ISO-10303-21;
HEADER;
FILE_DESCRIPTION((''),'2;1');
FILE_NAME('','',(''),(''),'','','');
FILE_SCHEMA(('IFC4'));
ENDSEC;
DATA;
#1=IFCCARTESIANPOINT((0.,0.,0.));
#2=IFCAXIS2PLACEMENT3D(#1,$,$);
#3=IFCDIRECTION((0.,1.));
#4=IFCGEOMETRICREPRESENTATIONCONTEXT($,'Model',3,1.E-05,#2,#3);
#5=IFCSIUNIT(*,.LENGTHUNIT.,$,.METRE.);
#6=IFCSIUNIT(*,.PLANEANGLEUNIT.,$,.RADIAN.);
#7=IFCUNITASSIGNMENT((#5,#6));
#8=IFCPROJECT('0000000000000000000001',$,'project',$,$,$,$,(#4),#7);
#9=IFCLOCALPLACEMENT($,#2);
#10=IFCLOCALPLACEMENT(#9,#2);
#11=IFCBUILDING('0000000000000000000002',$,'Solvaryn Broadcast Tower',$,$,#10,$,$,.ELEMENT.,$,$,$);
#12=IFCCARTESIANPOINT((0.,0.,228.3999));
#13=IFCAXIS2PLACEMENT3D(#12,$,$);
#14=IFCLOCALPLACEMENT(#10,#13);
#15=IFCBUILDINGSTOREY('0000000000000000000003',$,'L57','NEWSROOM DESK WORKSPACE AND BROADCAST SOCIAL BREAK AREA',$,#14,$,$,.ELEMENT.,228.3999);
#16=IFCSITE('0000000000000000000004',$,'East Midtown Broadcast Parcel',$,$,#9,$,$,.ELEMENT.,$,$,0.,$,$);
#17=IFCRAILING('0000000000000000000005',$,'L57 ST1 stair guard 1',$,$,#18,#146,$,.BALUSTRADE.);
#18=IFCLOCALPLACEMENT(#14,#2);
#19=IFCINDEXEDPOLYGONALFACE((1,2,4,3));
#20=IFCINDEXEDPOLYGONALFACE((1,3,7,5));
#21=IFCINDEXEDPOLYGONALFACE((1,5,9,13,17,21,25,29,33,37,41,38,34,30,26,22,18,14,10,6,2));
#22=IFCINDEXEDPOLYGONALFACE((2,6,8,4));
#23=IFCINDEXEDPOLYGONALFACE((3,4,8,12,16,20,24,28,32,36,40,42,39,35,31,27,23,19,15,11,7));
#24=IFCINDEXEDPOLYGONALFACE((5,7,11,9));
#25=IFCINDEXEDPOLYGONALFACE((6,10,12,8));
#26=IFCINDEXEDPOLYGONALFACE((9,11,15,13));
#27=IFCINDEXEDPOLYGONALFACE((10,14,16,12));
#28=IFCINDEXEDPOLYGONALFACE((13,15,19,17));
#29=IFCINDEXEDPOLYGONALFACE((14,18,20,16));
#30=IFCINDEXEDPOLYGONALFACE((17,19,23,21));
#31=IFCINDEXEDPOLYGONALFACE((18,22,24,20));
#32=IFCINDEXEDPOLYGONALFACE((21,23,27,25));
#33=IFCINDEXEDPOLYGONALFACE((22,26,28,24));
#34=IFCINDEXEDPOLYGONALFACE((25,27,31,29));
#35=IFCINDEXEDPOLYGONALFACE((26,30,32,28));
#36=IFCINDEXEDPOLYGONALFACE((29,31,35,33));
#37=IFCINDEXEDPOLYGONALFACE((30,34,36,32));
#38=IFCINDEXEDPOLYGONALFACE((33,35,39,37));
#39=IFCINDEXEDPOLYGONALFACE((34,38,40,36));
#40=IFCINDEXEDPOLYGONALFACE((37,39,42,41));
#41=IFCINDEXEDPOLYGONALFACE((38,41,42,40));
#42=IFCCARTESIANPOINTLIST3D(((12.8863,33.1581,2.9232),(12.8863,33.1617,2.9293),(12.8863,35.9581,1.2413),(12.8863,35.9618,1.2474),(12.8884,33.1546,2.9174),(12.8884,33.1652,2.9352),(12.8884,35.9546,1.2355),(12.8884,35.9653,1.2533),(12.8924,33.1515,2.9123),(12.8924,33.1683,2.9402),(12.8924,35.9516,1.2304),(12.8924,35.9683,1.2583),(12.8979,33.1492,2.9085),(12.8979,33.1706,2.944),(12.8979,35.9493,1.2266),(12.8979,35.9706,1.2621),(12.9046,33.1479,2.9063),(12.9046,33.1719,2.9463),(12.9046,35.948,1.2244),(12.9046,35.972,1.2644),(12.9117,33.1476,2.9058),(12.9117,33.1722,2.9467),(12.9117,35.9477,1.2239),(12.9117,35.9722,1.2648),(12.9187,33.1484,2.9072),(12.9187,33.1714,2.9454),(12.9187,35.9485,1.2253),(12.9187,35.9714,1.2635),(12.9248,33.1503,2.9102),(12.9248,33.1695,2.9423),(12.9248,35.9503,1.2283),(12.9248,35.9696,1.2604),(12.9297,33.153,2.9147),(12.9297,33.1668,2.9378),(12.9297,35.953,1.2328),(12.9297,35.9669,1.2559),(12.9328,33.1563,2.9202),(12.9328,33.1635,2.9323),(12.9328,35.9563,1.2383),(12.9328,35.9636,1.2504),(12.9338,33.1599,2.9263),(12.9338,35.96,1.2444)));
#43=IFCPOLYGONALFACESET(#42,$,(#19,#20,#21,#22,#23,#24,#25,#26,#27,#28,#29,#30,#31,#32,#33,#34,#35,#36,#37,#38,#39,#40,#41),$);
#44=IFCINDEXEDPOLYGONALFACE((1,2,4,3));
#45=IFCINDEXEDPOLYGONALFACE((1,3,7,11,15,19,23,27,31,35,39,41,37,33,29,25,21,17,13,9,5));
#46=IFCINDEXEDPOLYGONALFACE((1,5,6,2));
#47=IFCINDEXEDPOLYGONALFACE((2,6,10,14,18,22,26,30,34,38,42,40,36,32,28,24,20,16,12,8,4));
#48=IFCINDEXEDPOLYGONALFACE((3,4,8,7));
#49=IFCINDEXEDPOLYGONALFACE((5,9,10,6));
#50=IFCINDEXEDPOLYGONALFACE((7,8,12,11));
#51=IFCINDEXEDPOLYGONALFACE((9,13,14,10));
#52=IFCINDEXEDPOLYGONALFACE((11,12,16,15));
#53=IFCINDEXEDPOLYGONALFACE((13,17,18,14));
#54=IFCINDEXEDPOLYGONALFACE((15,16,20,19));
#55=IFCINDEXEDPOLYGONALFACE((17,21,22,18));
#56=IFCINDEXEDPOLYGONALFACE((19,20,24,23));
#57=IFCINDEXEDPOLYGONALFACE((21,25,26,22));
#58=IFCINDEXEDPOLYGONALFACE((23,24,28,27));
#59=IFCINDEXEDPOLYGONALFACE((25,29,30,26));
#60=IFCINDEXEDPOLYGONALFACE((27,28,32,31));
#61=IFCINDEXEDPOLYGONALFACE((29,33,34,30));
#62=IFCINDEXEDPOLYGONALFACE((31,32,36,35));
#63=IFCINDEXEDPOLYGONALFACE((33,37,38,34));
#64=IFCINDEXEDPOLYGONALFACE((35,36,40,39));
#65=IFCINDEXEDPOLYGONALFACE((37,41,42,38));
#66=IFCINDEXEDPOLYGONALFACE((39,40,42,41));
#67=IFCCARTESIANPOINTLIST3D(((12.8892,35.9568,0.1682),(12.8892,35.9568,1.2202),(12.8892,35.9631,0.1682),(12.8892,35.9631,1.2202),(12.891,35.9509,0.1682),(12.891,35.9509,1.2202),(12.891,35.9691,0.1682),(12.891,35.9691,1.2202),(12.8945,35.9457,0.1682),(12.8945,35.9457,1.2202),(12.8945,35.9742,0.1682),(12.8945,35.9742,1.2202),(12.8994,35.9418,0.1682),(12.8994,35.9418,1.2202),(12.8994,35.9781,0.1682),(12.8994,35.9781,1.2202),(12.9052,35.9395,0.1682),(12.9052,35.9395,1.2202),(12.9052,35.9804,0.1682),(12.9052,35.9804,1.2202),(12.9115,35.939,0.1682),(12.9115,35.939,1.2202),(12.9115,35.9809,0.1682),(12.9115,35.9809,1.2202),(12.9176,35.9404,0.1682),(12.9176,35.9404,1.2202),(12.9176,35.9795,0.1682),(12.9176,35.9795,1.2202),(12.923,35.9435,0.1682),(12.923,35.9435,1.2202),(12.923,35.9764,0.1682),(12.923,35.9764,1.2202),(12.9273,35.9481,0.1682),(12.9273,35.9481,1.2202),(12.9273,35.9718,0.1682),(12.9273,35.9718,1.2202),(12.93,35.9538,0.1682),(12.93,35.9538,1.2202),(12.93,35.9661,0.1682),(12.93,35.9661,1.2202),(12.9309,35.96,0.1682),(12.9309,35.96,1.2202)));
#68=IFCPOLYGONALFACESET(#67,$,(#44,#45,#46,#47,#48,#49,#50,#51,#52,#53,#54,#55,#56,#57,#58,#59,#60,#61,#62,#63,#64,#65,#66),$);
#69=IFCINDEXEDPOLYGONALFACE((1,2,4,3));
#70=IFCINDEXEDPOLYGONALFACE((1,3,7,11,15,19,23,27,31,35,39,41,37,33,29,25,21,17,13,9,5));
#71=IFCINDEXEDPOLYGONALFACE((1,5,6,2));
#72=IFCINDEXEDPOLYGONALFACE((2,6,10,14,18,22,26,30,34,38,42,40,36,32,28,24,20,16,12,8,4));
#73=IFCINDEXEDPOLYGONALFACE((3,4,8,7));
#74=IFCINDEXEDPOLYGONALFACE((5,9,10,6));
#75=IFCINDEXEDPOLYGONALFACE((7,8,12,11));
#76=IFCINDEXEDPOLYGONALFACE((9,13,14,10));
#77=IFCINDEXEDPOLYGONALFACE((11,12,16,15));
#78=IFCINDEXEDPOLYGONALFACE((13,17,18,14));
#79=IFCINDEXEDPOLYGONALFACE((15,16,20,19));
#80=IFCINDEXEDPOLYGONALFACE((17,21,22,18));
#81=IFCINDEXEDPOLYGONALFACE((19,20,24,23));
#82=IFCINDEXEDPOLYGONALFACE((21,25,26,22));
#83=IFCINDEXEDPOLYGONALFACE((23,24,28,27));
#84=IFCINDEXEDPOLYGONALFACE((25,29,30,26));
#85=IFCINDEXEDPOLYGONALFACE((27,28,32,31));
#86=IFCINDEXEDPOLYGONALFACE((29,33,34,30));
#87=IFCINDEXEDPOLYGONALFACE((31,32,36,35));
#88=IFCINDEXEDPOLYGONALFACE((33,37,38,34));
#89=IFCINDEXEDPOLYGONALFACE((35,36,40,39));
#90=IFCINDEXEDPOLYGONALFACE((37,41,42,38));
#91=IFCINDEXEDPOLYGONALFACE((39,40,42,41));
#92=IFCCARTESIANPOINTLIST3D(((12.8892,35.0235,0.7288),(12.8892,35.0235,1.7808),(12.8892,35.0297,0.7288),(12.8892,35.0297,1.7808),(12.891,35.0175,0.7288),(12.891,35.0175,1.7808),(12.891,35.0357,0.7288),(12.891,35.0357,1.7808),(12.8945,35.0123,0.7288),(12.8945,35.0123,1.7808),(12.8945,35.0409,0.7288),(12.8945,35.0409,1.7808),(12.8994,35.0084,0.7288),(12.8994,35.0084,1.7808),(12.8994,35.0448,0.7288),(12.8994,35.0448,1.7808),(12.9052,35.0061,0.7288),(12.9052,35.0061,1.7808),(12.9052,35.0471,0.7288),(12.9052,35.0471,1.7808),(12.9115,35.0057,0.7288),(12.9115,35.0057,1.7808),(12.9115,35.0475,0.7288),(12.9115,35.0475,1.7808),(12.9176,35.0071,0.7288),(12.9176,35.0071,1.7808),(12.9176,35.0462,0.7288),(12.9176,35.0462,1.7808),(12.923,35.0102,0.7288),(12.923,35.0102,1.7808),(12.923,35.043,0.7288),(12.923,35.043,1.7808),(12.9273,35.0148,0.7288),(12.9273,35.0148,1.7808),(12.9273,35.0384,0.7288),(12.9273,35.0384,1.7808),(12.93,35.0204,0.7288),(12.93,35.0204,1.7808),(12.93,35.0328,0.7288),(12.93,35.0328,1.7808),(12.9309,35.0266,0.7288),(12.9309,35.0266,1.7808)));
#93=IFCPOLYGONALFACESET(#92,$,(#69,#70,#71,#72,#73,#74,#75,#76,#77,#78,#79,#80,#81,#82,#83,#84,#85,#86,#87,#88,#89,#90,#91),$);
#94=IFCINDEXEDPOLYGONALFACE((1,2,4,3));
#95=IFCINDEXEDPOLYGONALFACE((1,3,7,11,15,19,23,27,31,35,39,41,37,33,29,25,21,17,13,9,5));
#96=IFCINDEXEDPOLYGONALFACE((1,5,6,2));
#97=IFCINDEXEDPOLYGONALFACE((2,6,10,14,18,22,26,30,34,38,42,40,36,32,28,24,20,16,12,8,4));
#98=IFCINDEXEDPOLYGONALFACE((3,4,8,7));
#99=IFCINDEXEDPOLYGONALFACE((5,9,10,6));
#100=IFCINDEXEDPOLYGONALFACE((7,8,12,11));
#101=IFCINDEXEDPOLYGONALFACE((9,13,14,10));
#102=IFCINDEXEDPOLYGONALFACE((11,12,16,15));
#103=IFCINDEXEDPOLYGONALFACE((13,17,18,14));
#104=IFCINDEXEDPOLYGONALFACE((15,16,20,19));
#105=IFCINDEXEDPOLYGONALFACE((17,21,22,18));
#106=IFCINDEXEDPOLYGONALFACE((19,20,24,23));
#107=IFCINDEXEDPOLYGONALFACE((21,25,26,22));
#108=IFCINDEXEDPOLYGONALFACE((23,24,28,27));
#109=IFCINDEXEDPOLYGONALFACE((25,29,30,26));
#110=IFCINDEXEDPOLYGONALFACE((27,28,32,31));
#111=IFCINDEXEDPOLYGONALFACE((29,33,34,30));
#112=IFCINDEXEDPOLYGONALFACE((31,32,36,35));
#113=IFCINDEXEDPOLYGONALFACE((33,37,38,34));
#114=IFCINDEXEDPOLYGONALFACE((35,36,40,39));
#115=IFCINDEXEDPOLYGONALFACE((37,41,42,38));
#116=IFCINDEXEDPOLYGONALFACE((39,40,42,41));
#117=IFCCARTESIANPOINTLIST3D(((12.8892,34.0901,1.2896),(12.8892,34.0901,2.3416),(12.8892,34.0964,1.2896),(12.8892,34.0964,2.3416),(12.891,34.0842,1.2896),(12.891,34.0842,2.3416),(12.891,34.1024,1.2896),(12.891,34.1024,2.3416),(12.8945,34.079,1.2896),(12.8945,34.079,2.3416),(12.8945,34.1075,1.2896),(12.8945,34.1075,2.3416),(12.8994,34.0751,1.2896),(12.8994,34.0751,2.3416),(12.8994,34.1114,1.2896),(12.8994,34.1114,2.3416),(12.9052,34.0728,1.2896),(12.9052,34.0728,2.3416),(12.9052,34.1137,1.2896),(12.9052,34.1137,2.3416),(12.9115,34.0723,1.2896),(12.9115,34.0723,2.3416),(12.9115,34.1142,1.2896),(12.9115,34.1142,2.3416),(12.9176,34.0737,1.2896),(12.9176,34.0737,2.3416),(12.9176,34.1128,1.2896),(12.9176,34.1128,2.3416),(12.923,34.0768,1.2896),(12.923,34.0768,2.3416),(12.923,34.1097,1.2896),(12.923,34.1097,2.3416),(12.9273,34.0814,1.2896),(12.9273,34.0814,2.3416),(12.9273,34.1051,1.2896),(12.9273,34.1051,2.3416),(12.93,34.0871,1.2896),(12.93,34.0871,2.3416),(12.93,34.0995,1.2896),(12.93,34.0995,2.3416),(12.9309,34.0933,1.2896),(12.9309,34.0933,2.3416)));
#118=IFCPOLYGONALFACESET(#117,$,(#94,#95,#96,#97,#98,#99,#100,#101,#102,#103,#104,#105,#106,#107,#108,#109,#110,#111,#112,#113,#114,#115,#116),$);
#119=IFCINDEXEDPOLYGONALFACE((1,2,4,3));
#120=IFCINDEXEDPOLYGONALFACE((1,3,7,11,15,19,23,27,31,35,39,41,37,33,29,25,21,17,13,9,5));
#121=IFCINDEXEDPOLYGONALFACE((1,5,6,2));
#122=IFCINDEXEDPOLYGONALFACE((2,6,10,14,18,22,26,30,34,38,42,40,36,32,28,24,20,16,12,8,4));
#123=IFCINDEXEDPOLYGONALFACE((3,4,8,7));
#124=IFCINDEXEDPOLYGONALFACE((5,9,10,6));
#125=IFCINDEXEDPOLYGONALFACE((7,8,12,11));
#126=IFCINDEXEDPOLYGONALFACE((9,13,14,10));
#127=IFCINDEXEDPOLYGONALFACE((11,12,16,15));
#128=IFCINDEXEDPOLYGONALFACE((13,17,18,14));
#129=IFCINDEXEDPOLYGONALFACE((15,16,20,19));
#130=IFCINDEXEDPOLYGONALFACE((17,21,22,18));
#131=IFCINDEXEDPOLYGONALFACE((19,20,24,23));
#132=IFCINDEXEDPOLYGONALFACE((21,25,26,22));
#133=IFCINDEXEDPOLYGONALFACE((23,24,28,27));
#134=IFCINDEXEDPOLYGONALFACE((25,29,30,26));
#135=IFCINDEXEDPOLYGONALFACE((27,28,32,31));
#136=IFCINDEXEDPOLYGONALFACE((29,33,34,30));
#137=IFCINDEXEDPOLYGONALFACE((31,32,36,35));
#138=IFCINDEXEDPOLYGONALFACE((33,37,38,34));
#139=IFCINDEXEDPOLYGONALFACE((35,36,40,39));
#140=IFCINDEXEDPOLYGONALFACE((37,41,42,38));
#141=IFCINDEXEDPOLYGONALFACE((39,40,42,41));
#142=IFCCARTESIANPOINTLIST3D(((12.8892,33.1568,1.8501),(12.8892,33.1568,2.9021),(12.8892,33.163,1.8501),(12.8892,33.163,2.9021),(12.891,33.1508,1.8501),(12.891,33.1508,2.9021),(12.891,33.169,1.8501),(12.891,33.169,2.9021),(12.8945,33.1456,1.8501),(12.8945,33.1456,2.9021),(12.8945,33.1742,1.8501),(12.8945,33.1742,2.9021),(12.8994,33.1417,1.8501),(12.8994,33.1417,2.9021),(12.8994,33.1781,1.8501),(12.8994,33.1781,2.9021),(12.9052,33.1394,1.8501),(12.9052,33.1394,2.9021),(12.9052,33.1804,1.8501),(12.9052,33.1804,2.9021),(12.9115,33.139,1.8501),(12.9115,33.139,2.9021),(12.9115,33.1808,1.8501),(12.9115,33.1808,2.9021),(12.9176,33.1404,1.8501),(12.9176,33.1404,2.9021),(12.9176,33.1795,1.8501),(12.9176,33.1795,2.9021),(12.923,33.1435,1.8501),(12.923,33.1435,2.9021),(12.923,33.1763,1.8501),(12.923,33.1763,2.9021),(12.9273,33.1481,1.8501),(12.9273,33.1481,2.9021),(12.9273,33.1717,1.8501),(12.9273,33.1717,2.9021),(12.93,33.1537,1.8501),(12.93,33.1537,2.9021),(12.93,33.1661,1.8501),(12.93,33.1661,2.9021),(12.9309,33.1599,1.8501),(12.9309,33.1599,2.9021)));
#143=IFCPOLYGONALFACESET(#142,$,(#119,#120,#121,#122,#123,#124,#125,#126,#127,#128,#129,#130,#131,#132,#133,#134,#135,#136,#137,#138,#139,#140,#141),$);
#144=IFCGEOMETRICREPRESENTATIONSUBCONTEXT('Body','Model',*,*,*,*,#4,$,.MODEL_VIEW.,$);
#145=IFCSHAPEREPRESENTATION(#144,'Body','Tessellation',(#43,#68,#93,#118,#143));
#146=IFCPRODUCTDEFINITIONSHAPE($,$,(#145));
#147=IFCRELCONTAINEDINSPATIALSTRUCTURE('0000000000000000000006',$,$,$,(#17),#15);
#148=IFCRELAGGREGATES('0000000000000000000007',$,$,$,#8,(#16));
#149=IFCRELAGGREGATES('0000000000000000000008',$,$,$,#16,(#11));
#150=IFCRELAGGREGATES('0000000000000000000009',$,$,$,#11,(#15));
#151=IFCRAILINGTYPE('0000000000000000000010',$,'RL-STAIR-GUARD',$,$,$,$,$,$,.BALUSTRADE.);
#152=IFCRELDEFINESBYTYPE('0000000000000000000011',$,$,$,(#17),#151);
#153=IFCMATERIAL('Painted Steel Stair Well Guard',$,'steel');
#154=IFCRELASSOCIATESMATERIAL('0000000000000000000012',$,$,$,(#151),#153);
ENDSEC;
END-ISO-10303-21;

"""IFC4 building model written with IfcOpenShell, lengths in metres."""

from ifc_helpers import new_model, si_unit, direction, frame, origin, origin_2d, place, context, subcontext, project, spatial, circle, extrude, material, type_object, element, save


model = new_model("IFC4")

# Units and contexts
model_context = context("Model", 3, precision=1e-05, world=origin(), true_north=direction((0.0, 1.0)))
body_context = subcontext(model_context, "Body", "Model", "MODEL_VIEW")
ifc_project = project(units=[si_unit("LENGTHUNIT", "METRE"), si_unit("PLANEANGLEUNIT", "RADIAN")], contexts=[model_context])

# Site, building, storey
site_placement = place(None, origin())
site = spatial("IfcSite", under=ifc_project, at=site_placement, Name="East Midtown Broadcast Parcel", CompositionType="ELEMENT", RefElevation=0.0)
building_placement = place(site_placement, origin())
building = spatial("IfcBuilding", under=site, at=building_placement, Name="Solvaryn Broadcast Tower", CompositionType="ELEMENT")
storey_placement = place(building_placement, frame((0.0, 0.0, 228.3999)))
storey = spatial("IfcBuildingStorey", under=building, at=storey_placement, Name="L57", Description="NEWSROOM DESK WORKSPACE AND BROADCAST SOCIAL BREAK AREA", CompositionType="ELEMENT", Elevation=228.3999)

# Railing
ifc_material_1 = material(Name="Painted Steel Stair Well Guard", Category="steel")
railing_type_1 = type_object("IfcRailingType", Name="RL-STAIR-GUARD", PredefinedType="BALUSTRADE", material=ifc_material_1)
railing_1_placement = place(storey_placement, frame((12.9099, 35.96, 0.1682)))
element("IfcRailing", 1, at=railing_1_placement, inside=storey, type_object=railing_type_1, Name="L57 ST1 stair guard 1", PredefinedType="BALUSTRADE", context=body_context, shape_type="SweptSolid", body=[
    extrude(circle(Radius=0.0239, at=origin_2d()), frame((0.0, 0.0, 1.0762), z_axis=(0.0, -0.857242, 0.514913), x_axis=(1.0, 0.0, 0.0)), (0.0, 0.0, 1.0), 3.2664),
    extrude(circle(Radius=0.021, at=origin_2d()), origin(), (0.0, 0.0, 1.0), 1.052),
    extrude(circle(Radius=0.021, at=origin_2d()), frame((0.0, -0.9333, 0.5605)), (0.0, 0.0, 1.0), 1.052),
    extrude(circle(Radius=0.021, at=origin_2d()), frame((0.0, -1.8667, 1.1213)), (0.0, 0.0, 1.0), 1.052),
    extrude(circle(Radius=0.021, at=origin_2d()), frame((0.0, -2.8, 1.6819)), (0.0, 0.0, 1.0), 1.052),
])

save(model, "model.ifc")
